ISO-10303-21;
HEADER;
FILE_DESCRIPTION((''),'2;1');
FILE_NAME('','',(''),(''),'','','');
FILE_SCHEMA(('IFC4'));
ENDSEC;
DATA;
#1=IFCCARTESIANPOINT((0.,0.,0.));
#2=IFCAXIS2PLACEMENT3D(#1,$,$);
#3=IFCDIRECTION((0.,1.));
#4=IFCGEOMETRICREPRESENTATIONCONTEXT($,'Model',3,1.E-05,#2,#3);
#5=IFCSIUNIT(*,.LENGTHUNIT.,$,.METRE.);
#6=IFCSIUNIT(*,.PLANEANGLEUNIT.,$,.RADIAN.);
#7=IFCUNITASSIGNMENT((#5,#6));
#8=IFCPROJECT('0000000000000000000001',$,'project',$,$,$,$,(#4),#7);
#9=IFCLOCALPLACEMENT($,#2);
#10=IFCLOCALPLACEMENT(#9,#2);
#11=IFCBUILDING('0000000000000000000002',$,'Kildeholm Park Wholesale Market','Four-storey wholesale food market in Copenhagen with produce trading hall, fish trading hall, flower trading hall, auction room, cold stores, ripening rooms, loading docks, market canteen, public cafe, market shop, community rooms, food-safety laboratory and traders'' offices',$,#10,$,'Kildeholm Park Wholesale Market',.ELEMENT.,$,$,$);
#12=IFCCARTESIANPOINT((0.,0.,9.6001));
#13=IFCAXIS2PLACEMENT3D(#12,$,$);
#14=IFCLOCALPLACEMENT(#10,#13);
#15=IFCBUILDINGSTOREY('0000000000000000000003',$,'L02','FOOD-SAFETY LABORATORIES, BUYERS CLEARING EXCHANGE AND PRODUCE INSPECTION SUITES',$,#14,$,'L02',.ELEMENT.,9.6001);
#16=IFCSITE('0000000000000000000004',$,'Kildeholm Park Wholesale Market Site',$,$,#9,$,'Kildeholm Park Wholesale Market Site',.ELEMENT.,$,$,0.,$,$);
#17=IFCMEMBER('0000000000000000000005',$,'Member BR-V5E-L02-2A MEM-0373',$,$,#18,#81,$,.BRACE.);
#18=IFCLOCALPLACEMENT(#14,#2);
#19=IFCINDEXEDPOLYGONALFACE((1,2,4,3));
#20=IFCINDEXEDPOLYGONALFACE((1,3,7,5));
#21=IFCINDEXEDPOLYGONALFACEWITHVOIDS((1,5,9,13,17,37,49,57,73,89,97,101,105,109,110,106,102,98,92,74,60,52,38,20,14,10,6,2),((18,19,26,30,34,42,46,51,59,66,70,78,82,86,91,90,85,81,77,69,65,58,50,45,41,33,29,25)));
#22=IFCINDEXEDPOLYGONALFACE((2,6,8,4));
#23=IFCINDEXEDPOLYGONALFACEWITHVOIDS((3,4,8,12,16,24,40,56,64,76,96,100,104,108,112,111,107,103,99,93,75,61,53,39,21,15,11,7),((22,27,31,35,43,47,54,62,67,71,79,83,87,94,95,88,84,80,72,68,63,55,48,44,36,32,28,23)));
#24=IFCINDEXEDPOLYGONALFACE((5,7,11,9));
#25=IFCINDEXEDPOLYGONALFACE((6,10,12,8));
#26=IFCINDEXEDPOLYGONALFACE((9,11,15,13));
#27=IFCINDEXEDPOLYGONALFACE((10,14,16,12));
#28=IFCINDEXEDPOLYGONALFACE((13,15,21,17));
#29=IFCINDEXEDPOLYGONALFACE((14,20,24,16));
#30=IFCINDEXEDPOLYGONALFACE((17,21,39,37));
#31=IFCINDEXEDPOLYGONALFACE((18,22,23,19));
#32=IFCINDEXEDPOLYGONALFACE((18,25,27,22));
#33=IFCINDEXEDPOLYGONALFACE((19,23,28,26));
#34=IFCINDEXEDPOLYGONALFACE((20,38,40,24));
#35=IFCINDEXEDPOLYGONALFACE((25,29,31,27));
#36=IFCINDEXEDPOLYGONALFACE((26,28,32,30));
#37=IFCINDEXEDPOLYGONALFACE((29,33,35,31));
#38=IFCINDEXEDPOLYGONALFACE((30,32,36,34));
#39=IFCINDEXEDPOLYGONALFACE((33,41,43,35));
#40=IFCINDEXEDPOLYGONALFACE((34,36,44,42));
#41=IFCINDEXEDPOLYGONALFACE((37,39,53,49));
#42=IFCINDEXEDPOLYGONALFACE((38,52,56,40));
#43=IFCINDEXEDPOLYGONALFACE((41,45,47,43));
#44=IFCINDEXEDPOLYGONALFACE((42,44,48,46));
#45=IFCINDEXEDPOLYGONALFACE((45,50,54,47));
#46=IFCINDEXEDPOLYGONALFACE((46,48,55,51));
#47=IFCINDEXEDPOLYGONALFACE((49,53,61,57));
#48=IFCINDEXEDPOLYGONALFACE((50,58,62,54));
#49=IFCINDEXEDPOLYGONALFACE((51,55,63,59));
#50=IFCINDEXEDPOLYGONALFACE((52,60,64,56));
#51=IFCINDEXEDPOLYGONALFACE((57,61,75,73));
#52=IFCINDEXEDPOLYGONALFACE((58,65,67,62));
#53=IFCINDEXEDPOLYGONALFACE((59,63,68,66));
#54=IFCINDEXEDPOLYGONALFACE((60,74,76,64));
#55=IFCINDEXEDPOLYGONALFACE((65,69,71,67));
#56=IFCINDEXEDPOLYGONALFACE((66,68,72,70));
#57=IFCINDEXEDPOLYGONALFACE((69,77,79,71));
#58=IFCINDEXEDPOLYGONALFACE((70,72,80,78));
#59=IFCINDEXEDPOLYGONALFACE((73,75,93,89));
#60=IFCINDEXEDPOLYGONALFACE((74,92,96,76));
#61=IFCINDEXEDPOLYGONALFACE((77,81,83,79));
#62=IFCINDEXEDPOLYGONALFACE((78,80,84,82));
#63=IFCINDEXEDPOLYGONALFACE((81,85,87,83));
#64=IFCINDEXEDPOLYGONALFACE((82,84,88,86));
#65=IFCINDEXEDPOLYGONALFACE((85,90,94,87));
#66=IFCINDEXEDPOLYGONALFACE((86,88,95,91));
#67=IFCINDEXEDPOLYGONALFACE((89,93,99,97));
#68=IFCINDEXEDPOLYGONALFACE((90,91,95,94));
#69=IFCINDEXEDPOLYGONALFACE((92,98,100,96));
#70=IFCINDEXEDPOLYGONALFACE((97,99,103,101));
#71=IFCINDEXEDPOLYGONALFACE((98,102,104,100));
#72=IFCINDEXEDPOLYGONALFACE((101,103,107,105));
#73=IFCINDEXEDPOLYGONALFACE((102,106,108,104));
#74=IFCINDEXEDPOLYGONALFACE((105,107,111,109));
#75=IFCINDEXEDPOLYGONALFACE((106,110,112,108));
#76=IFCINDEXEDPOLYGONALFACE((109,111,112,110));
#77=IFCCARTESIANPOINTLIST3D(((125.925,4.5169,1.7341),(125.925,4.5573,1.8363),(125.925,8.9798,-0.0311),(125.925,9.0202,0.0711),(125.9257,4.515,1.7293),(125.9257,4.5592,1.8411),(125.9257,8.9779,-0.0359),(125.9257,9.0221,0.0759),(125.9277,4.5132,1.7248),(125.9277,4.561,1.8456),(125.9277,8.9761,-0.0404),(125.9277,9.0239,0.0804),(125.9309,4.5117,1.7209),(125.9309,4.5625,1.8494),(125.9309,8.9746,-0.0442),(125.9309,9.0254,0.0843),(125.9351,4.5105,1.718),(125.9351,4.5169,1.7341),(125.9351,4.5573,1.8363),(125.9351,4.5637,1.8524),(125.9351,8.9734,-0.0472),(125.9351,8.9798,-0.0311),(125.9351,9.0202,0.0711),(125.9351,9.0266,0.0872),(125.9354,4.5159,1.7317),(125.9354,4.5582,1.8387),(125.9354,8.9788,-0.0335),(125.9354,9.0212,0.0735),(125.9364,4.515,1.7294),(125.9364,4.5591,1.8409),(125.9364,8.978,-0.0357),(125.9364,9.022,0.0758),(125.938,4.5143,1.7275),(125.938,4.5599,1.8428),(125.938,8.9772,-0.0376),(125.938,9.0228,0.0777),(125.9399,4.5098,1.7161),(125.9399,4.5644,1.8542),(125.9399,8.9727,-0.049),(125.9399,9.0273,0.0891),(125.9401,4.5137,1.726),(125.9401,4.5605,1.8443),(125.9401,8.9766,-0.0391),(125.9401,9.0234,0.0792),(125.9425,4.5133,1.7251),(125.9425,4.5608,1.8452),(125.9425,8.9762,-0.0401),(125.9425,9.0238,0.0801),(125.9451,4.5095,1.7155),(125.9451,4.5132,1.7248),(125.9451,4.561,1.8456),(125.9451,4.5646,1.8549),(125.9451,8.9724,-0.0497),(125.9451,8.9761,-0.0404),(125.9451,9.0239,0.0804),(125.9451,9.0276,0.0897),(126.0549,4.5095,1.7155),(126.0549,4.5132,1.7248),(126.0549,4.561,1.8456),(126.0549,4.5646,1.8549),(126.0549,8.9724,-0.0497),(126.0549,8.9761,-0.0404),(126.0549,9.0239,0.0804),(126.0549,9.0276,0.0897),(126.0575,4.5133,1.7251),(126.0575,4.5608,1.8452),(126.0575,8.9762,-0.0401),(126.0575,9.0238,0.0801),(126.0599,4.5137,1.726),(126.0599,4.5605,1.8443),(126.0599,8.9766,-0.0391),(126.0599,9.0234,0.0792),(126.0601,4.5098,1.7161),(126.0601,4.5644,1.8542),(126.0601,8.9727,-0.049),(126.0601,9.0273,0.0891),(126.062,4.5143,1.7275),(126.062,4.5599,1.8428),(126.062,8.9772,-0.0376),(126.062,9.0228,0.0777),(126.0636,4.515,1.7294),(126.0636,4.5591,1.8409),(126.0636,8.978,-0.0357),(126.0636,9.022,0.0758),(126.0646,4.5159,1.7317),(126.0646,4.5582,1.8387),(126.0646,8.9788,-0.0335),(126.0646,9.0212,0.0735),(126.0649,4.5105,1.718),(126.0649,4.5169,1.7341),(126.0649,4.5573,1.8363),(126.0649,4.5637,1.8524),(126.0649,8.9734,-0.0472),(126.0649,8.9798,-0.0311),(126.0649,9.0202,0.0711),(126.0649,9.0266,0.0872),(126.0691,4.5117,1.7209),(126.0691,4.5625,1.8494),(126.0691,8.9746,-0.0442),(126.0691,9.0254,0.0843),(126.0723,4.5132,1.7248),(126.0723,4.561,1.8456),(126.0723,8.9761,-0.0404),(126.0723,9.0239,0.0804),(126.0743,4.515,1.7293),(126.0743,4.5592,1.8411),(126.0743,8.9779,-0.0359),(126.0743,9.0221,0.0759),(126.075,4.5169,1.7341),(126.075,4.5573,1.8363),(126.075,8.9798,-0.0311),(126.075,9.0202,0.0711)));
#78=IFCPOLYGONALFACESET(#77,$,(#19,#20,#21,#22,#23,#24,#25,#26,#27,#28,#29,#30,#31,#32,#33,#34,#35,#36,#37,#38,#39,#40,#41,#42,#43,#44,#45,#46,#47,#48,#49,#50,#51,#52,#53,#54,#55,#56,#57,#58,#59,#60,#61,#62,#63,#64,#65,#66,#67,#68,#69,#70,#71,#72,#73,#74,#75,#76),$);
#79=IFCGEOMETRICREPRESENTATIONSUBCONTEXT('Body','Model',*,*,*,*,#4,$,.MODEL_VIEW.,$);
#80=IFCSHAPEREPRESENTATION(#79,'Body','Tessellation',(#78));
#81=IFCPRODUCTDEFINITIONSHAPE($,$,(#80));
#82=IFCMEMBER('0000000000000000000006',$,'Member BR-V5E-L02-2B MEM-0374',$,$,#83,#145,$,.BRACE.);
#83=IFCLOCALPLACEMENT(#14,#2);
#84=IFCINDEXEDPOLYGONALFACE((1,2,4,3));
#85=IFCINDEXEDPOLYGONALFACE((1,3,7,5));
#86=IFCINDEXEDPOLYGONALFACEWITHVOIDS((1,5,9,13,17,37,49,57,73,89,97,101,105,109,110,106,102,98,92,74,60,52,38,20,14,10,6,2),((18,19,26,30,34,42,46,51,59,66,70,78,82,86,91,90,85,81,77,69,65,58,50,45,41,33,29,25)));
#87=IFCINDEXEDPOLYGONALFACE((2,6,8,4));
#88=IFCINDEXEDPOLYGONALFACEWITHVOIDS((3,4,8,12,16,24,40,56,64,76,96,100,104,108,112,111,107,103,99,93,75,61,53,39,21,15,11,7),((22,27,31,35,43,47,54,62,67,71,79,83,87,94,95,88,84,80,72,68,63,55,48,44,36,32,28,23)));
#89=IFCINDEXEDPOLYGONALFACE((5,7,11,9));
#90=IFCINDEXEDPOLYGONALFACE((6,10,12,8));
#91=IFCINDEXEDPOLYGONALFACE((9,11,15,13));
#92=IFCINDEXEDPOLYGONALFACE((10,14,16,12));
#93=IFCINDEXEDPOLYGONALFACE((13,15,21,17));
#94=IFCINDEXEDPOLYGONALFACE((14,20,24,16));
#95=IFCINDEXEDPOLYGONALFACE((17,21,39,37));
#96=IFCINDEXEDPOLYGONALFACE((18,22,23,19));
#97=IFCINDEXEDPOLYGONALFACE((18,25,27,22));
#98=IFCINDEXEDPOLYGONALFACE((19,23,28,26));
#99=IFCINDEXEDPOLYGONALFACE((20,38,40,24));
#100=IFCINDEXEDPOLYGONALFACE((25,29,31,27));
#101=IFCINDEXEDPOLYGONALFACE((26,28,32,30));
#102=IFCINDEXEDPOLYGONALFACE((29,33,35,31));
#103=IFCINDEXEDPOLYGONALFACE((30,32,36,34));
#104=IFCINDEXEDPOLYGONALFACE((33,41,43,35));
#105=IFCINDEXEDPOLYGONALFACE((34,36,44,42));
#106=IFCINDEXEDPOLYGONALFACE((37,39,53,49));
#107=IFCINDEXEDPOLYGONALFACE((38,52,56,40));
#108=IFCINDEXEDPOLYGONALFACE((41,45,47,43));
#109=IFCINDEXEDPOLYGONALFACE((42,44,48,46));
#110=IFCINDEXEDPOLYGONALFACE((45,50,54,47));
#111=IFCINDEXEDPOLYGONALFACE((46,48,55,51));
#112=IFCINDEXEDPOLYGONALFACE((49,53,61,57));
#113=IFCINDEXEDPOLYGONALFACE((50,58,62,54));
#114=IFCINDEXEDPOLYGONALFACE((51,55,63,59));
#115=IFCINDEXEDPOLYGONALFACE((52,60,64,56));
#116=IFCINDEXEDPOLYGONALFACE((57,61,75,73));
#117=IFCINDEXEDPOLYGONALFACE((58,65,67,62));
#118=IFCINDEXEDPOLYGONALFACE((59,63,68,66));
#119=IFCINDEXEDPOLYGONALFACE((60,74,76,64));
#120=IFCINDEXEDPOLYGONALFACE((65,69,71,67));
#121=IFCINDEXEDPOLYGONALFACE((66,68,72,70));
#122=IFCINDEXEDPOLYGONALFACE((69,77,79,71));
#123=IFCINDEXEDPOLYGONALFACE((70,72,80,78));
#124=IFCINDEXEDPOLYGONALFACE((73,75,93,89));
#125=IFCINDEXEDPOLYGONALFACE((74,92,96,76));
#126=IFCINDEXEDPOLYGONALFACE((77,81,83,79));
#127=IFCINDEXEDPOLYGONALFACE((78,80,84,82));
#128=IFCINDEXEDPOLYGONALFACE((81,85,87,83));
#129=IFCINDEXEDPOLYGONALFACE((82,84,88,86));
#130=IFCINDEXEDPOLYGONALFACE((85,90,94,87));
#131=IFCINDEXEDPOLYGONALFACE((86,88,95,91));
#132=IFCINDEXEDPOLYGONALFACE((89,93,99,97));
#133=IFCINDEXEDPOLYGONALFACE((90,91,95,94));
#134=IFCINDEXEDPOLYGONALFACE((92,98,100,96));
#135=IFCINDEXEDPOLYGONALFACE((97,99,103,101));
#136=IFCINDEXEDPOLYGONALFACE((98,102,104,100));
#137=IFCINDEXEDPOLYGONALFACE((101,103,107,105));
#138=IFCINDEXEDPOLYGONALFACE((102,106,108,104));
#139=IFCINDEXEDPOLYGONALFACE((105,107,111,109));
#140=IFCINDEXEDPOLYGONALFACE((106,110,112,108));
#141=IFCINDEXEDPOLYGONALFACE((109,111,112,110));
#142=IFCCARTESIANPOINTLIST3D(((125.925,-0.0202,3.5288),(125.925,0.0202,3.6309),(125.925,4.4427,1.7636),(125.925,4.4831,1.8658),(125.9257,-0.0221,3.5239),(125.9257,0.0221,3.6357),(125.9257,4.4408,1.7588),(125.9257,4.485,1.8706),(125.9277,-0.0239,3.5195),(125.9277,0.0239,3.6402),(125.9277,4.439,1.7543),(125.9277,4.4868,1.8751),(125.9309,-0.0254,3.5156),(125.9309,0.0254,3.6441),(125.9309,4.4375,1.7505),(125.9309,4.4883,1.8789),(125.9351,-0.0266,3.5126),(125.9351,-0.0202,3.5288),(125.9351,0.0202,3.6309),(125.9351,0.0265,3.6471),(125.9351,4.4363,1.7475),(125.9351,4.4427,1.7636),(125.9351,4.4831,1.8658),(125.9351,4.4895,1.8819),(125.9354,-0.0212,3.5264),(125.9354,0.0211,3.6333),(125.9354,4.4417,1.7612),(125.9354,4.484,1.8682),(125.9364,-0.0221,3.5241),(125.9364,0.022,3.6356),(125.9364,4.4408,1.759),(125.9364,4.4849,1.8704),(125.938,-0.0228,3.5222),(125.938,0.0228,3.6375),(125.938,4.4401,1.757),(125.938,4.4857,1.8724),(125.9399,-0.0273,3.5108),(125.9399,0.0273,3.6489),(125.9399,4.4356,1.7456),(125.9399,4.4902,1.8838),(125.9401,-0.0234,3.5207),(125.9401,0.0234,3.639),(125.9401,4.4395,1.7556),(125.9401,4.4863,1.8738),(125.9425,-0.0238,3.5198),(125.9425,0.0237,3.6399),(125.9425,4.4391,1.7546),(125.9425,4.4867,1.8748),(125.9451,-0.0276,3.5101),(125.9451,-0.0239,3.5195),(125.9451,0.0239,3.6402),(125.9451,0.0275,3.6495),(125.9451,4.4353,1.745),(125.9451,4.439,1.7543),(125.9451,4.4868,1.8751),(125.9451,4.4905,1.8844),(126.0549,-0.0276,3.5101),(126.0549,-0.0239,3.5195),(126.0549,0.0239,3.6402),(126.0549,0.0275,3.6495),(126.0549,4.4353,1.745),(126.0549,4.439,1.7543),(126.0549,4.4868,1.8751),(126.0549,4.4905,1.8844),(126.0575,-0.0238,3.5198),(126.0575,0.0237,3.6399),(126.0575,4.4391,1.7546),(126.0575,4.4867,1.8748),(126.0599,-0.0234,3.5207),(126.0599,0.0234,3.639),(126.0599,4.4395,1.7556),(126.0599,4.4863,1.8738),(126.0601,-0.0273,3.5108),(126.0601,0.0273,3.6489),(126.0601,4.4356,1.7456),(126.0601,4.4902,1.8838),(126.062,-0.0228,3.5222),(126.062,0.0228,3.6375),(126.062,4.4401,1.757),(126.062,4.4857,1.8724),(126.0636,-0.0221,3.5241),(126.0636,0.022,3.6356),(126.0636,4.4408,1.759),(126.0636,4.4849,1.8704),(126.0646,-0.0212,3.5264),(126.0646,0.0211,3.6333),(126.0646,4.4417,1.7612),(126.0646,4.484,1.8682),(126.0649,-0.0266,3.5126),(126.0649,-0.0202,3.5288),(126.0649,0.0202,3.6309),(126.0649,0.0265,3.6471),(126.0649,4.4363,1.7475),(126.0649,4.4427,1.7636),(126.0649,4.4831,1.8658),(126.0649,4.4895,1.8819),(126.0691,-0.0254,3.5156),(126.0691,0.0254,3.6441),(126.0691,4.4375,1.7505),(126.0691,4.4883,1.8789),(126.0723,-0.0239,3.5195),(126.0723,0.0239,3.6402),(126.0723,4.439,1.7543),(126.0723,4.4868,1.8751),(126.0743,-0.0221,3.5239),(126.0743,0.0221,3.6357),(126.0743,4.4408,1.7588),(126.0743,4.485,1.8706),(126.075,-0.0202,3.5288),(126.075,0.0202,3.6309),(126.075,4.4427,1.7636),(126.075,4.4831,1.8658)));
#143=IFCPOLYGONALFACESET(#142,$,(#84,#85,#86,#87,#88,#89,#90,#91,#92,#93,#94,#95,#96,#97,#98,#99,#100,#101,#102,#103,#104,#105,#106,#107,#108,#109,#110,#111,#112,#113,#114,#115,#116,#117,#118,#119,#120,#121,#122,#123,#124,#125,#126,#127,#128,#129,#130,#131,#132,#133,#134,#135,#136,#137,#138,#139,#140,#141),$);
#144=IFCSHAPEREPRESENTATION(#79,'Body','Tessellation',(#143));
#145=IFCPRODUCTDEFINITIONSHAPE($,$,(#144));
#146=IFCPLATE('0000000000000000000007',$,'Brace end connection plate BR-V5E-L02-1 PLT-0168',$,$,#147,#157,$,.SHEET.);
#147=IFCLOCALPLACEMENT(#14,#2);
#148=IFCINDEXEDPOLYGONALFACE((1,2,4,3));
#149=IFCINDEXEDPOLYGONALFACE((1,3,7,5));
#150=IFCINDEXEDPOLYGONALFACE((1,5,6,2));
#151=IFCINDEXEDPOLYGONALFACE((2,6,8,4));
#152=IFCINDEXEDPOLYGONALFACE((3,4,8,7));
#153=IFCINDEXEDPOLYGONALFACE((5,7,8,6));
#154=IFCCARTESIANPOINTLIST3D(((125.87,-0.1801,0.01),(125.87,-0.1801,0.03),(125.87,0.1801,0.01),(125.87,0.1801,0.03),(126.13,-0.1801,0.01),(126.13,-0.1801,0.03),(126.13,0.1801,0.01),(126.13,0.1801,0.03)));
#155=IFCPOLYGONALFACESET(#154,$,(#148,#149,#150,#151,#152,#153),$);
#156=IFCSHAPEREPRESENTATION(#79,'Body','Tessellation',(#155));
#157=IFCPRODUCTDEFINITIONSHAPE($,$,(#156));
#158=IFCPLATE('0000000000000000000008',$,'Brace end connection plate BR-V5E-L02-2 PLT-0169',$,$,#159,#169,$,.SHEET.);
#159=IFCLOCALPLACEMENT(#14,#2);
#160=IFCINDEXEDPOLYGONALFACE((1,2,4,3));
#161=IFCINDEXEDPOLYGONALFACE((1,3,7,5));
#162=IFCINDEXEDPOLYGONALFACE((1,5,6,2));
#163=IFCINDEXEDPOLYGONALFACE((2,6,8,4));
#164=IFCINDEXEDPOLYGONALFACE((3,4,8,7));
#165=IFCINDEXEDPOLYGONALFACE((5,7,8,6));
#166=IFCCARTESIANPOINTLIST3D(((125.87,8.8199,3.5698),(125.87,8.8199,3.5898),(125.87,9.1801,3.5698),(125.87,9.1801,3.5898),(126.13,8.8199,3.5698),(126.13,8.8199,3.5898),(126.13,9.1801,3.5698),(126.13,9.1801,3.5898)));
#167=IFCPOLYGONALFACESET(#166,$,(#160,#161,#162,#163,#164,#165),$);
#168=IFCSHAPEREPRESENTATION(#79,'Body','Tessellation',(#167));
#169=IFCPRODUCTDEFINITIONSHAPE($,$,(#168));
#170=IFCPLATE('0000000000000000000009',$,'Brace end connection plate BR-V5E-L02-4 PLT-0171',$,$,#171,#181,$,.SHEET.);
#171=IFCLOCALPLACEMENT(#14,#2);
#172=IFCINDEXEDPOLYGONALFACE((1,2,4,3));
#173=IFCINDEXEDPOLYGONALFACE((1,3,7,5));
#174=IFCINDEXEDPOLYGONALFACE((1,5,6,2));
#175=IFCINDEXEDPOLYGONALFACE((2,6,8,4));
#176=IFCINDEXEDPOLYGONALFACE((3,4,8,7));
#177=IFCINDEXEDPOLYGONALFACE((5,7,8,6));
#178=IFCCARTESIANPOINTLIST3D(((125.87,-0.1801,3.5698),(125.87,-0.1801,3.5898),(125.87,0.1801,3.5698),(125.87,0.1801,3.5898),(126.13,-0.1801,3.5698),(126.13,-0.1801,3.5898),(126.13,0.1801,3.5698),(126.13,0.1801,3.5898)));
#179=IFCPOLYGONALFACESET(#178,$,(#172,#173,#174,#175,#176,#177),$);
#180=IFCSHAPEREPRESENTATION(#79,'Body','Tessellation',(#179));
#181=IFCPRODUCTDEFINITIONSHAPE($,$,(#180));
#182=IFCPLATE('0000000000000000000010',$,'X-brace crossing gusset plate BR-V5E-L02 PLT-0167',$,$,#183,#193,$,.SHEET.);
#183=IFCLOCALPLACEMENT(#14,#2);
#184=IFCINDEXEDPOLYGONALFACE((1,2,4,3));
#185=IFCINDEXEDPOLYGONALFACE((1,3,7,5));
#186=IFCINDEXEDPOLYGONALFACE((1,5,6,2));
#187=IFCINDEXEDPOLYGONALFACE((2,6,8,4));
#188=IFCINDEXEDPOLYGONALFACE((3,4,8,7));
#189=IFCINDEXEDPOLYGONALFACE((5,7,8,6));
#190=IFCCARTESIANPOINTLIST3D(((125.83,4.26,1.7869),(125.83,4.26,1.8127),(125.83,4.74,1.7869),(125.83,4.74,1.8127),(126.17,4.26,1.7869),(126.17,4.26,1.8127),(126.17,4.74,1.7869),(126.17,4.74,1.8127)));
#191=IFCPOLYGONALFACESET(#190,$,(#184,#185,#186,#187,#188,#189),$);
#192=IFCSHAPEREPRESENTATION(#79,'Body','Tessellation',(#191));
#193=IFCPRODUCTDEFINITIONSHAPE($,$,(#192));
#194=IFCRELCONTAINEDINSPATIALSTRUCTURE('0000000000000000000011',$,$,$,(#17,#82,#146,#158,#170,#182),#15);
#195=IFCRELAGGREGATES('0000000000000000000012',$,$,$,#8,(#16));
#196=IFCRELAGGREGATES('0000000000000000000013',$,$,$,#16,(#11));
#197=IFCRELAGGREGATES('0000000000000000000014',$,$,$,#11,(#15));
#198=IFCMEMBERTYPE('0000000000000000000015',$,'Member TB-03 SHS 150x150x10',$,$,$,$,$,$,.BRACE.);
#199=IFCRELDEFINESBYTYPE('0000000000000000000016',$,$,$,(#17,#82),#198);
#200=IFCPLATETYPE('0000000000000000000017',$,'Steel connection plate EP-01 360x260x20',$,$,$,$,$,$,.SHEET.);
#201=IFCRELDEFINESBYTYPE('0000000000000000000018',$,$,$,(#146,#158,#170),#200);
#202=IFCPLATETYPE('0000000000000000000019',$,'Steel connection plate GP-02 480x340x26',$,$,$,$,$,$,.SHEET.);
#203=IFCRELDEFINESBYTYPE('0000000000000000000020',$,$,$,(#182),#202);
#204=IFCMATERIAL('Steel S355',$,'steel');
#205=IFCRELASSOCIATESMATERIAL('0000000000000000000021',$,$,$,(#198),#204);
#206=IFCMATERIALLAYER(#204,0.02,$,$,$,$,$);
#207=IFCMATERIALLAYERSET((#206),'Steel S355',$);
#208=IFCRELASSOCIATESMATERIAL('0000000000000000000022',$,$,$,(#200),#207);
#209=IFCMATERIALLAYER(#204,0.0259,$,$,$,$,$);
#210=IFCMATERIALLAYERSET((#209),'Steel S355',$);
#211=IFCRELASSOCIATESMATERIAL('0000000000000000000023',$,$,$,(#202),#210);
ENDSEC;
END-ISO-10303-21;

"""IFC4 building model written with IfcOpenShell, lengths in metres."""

from ifc_helpers import new_model, si_unit, direction, frame, origin, origin_2d, place, context, subcontext, project, spatial, rectangle, hollow_rectangle, extrude, material, layer, layer_set, material_profile, profile_set, type_object, element, save


model = new_model("IFC4")

# Units and contexts
model_context = context("Model", 3, precision=1e-05, world=origin(), true_north=direction((0.0, 1.0)))
body_context = subcontext(model_context, "Body", "Model", "MODEL_VIEW")
ifc_project = project(units=[si_unit("LENGTHUNIT", "METRE"), si_unit("PLANEANGLEUNIT", "RADIAN")], contexts=[model_context])

# Site, building, storey
site_placement = place(None, origin())
site = spatial("IfcSite", under=ifc_project, at=site_placement, Name="Kildeholm Park Wholesale Market Site", LongName="Kildeholm Park Wholesale Market Site", CompositionType="ELEMENT", RefElevation=0.0)
building_placement = place(site_placement, origin())
building = spatial("IfcBuilding", under=site, at=building_placement, Name="Kildeholm Park Wholesale Market", Description="Four-storey wholesale food market in Copenhagen with produce trading hall, fish trading hall, flower trading hall, auction room, cold stores, ripening rooms, loading docks, market canteen, public cafe, market shop, community rooms, food-safety laboratory and traders' offices", LongName="Kildeholm Park Wholesale Market", CompositionType="ELEMENT")
storey_placement = place(building_placement, frame((0.0, 0.0, 9.6001)))
storey = spatial("IfcBuildingStorey", under=building, at=storey_placement, Name="L02", Description="FOOD-SAFETY LABORATORIES, BUYERS CLEARING EXCHANGE AND PRODUCE INSPECTION SUITES", LongName="L02", CompositionType="ELEMENT", Elevation=9.6001)

# Shared definitions
ifc_material_1 = material(Name="Steel S355", Category="steel")

# Members
ifc_material_profile_1 = material_profile(ifc_material_1, hollow_rectangle(XDim=0.1499, YDim=0.1499, WallThickness=0.01, InnerFilletRadius=0.01, OuterFilletRadius=0.02, at=origin_2d()), Name="SHS 150x150x10")
ifc_profile_set_1 = profile_set([ifc_material_profile_1], Name="Steel S355")
member_type_1 = type_object("IfcMemberType", Name="Member TB-03 SHS 150x150x10", PredefinedType="BRACE", material=ifc_profile_set_1)
for number, where, z_axis, x_axis, name in (
    (1, (126.0, 9.0, 0.02), (0.0, -0.929908, 0.367792), (1.0, 0.0, 0.0), "Member BR-V5E-L02-2A MEM-0373"),
    (2, (126.0, 4.4629, 1.8147), (0.0, -0.929908, 0.367792), (1.0, 0.0, 0.0), "Member BR-V5E-L02-2B MEM-0374"),
):
    element("IfcMember", number, at=place(storey_placement, frame(where, z_axis=z_axis, x_axis=x_axis)), inside=storey, type_object=member_type_1, Name=name, PredefinedType="BRACE", context=body_context, shape_type="SweptSolid", body=[
        extrude(hollow_rectangle(XDim=0.1499, YDim=0.1499, WallThickness=0.01, InnerFilletRadius=0.01, OuterFilletRadius=0.02, at=origin_2d()), origin(), (0.0, 0.0, 1.0), 4.7993),
    ])

# Plates
ifc_layer_1 = layer(ifc_material_1, 0.02)
ifc_layer_set_1 = layer_set([ifc_layer_1], Name="Steel S355")
plate_type_1 = type_object("IfcPlateType", Name="Steel connection plate EP-01 360x260x20", PredefinedType="SHEET", material=ifc_layer_set_1)
for number, where, z_axis, x_axis, name in (
    (3, (126.0, 0.0, 0.01), (0.0, 0.0, 1.0), (0.0, 1.0, 0.0), "Brace end connection plate BR-V5E-L02-1 PLT-0168"),
    (4, (126.0, 9.0, 3.5698), (0.0, 0.0, 1.0), (0.0, 1.0, 0.0), "Brace end connection plate BR-V5E-L02-2 PLT-0169"),
    (5, (126.0, 0.0, 3.5698), (0.0, 0.0, 1.0), (0.0, 1.0, 0.0), "Brace end connection plate BR-V5E-L02-4 PLT-0171"),
):
    element("IfcPlate", number, at=place(storey_placement, frame(where, z_axis=z_axis, x_axis=x_axis)), inside=storey, type_object=plate_type_1, Name=name, PredefinedType="SHEET", context=body_context, shape_type="SweptSolid", body=[
        extrude(rectangle(XDim=0.3601, YDim=0.26, at=origin_2d()), origin(), (0.0, 0.0, 1.0), 0.02),
    ])
ifc_layer_2 = layer(ifc_material_1, 0.0259)
ifc_layer_set_2 = layer_set([ifc_layer_2], Name="Steel S355")
plate_type_2 = type_object("IfcPlateType", Name="Steel connection plate GP-02 480x340x26", PredefinedType="SHEET", material=ifc_layer_set_2)
plate_placement = place(storey_placement, frame((126.0, 4.5, 1.7869), z_axis=(0.0, 0.0, 1.0), x_axis=(0.0, 1.0, 0.0)))
element("IfcPlate", 6, at=plate_placement, inside=storey, type_object=plate_type_2, Name="X-brace crossing gusset plate BR-V5E-L02 PLT-0167", PredefinedType="SHEET", context=body_context, shape_type="SweptSolid", body=[
    extrude(rectangle(XDim=0.48, YDim=0.3401, at=origin_2d()), origin(), (0.0, 0.0, 1.0), 0.0259),
])

save(model, "model.ifc")
